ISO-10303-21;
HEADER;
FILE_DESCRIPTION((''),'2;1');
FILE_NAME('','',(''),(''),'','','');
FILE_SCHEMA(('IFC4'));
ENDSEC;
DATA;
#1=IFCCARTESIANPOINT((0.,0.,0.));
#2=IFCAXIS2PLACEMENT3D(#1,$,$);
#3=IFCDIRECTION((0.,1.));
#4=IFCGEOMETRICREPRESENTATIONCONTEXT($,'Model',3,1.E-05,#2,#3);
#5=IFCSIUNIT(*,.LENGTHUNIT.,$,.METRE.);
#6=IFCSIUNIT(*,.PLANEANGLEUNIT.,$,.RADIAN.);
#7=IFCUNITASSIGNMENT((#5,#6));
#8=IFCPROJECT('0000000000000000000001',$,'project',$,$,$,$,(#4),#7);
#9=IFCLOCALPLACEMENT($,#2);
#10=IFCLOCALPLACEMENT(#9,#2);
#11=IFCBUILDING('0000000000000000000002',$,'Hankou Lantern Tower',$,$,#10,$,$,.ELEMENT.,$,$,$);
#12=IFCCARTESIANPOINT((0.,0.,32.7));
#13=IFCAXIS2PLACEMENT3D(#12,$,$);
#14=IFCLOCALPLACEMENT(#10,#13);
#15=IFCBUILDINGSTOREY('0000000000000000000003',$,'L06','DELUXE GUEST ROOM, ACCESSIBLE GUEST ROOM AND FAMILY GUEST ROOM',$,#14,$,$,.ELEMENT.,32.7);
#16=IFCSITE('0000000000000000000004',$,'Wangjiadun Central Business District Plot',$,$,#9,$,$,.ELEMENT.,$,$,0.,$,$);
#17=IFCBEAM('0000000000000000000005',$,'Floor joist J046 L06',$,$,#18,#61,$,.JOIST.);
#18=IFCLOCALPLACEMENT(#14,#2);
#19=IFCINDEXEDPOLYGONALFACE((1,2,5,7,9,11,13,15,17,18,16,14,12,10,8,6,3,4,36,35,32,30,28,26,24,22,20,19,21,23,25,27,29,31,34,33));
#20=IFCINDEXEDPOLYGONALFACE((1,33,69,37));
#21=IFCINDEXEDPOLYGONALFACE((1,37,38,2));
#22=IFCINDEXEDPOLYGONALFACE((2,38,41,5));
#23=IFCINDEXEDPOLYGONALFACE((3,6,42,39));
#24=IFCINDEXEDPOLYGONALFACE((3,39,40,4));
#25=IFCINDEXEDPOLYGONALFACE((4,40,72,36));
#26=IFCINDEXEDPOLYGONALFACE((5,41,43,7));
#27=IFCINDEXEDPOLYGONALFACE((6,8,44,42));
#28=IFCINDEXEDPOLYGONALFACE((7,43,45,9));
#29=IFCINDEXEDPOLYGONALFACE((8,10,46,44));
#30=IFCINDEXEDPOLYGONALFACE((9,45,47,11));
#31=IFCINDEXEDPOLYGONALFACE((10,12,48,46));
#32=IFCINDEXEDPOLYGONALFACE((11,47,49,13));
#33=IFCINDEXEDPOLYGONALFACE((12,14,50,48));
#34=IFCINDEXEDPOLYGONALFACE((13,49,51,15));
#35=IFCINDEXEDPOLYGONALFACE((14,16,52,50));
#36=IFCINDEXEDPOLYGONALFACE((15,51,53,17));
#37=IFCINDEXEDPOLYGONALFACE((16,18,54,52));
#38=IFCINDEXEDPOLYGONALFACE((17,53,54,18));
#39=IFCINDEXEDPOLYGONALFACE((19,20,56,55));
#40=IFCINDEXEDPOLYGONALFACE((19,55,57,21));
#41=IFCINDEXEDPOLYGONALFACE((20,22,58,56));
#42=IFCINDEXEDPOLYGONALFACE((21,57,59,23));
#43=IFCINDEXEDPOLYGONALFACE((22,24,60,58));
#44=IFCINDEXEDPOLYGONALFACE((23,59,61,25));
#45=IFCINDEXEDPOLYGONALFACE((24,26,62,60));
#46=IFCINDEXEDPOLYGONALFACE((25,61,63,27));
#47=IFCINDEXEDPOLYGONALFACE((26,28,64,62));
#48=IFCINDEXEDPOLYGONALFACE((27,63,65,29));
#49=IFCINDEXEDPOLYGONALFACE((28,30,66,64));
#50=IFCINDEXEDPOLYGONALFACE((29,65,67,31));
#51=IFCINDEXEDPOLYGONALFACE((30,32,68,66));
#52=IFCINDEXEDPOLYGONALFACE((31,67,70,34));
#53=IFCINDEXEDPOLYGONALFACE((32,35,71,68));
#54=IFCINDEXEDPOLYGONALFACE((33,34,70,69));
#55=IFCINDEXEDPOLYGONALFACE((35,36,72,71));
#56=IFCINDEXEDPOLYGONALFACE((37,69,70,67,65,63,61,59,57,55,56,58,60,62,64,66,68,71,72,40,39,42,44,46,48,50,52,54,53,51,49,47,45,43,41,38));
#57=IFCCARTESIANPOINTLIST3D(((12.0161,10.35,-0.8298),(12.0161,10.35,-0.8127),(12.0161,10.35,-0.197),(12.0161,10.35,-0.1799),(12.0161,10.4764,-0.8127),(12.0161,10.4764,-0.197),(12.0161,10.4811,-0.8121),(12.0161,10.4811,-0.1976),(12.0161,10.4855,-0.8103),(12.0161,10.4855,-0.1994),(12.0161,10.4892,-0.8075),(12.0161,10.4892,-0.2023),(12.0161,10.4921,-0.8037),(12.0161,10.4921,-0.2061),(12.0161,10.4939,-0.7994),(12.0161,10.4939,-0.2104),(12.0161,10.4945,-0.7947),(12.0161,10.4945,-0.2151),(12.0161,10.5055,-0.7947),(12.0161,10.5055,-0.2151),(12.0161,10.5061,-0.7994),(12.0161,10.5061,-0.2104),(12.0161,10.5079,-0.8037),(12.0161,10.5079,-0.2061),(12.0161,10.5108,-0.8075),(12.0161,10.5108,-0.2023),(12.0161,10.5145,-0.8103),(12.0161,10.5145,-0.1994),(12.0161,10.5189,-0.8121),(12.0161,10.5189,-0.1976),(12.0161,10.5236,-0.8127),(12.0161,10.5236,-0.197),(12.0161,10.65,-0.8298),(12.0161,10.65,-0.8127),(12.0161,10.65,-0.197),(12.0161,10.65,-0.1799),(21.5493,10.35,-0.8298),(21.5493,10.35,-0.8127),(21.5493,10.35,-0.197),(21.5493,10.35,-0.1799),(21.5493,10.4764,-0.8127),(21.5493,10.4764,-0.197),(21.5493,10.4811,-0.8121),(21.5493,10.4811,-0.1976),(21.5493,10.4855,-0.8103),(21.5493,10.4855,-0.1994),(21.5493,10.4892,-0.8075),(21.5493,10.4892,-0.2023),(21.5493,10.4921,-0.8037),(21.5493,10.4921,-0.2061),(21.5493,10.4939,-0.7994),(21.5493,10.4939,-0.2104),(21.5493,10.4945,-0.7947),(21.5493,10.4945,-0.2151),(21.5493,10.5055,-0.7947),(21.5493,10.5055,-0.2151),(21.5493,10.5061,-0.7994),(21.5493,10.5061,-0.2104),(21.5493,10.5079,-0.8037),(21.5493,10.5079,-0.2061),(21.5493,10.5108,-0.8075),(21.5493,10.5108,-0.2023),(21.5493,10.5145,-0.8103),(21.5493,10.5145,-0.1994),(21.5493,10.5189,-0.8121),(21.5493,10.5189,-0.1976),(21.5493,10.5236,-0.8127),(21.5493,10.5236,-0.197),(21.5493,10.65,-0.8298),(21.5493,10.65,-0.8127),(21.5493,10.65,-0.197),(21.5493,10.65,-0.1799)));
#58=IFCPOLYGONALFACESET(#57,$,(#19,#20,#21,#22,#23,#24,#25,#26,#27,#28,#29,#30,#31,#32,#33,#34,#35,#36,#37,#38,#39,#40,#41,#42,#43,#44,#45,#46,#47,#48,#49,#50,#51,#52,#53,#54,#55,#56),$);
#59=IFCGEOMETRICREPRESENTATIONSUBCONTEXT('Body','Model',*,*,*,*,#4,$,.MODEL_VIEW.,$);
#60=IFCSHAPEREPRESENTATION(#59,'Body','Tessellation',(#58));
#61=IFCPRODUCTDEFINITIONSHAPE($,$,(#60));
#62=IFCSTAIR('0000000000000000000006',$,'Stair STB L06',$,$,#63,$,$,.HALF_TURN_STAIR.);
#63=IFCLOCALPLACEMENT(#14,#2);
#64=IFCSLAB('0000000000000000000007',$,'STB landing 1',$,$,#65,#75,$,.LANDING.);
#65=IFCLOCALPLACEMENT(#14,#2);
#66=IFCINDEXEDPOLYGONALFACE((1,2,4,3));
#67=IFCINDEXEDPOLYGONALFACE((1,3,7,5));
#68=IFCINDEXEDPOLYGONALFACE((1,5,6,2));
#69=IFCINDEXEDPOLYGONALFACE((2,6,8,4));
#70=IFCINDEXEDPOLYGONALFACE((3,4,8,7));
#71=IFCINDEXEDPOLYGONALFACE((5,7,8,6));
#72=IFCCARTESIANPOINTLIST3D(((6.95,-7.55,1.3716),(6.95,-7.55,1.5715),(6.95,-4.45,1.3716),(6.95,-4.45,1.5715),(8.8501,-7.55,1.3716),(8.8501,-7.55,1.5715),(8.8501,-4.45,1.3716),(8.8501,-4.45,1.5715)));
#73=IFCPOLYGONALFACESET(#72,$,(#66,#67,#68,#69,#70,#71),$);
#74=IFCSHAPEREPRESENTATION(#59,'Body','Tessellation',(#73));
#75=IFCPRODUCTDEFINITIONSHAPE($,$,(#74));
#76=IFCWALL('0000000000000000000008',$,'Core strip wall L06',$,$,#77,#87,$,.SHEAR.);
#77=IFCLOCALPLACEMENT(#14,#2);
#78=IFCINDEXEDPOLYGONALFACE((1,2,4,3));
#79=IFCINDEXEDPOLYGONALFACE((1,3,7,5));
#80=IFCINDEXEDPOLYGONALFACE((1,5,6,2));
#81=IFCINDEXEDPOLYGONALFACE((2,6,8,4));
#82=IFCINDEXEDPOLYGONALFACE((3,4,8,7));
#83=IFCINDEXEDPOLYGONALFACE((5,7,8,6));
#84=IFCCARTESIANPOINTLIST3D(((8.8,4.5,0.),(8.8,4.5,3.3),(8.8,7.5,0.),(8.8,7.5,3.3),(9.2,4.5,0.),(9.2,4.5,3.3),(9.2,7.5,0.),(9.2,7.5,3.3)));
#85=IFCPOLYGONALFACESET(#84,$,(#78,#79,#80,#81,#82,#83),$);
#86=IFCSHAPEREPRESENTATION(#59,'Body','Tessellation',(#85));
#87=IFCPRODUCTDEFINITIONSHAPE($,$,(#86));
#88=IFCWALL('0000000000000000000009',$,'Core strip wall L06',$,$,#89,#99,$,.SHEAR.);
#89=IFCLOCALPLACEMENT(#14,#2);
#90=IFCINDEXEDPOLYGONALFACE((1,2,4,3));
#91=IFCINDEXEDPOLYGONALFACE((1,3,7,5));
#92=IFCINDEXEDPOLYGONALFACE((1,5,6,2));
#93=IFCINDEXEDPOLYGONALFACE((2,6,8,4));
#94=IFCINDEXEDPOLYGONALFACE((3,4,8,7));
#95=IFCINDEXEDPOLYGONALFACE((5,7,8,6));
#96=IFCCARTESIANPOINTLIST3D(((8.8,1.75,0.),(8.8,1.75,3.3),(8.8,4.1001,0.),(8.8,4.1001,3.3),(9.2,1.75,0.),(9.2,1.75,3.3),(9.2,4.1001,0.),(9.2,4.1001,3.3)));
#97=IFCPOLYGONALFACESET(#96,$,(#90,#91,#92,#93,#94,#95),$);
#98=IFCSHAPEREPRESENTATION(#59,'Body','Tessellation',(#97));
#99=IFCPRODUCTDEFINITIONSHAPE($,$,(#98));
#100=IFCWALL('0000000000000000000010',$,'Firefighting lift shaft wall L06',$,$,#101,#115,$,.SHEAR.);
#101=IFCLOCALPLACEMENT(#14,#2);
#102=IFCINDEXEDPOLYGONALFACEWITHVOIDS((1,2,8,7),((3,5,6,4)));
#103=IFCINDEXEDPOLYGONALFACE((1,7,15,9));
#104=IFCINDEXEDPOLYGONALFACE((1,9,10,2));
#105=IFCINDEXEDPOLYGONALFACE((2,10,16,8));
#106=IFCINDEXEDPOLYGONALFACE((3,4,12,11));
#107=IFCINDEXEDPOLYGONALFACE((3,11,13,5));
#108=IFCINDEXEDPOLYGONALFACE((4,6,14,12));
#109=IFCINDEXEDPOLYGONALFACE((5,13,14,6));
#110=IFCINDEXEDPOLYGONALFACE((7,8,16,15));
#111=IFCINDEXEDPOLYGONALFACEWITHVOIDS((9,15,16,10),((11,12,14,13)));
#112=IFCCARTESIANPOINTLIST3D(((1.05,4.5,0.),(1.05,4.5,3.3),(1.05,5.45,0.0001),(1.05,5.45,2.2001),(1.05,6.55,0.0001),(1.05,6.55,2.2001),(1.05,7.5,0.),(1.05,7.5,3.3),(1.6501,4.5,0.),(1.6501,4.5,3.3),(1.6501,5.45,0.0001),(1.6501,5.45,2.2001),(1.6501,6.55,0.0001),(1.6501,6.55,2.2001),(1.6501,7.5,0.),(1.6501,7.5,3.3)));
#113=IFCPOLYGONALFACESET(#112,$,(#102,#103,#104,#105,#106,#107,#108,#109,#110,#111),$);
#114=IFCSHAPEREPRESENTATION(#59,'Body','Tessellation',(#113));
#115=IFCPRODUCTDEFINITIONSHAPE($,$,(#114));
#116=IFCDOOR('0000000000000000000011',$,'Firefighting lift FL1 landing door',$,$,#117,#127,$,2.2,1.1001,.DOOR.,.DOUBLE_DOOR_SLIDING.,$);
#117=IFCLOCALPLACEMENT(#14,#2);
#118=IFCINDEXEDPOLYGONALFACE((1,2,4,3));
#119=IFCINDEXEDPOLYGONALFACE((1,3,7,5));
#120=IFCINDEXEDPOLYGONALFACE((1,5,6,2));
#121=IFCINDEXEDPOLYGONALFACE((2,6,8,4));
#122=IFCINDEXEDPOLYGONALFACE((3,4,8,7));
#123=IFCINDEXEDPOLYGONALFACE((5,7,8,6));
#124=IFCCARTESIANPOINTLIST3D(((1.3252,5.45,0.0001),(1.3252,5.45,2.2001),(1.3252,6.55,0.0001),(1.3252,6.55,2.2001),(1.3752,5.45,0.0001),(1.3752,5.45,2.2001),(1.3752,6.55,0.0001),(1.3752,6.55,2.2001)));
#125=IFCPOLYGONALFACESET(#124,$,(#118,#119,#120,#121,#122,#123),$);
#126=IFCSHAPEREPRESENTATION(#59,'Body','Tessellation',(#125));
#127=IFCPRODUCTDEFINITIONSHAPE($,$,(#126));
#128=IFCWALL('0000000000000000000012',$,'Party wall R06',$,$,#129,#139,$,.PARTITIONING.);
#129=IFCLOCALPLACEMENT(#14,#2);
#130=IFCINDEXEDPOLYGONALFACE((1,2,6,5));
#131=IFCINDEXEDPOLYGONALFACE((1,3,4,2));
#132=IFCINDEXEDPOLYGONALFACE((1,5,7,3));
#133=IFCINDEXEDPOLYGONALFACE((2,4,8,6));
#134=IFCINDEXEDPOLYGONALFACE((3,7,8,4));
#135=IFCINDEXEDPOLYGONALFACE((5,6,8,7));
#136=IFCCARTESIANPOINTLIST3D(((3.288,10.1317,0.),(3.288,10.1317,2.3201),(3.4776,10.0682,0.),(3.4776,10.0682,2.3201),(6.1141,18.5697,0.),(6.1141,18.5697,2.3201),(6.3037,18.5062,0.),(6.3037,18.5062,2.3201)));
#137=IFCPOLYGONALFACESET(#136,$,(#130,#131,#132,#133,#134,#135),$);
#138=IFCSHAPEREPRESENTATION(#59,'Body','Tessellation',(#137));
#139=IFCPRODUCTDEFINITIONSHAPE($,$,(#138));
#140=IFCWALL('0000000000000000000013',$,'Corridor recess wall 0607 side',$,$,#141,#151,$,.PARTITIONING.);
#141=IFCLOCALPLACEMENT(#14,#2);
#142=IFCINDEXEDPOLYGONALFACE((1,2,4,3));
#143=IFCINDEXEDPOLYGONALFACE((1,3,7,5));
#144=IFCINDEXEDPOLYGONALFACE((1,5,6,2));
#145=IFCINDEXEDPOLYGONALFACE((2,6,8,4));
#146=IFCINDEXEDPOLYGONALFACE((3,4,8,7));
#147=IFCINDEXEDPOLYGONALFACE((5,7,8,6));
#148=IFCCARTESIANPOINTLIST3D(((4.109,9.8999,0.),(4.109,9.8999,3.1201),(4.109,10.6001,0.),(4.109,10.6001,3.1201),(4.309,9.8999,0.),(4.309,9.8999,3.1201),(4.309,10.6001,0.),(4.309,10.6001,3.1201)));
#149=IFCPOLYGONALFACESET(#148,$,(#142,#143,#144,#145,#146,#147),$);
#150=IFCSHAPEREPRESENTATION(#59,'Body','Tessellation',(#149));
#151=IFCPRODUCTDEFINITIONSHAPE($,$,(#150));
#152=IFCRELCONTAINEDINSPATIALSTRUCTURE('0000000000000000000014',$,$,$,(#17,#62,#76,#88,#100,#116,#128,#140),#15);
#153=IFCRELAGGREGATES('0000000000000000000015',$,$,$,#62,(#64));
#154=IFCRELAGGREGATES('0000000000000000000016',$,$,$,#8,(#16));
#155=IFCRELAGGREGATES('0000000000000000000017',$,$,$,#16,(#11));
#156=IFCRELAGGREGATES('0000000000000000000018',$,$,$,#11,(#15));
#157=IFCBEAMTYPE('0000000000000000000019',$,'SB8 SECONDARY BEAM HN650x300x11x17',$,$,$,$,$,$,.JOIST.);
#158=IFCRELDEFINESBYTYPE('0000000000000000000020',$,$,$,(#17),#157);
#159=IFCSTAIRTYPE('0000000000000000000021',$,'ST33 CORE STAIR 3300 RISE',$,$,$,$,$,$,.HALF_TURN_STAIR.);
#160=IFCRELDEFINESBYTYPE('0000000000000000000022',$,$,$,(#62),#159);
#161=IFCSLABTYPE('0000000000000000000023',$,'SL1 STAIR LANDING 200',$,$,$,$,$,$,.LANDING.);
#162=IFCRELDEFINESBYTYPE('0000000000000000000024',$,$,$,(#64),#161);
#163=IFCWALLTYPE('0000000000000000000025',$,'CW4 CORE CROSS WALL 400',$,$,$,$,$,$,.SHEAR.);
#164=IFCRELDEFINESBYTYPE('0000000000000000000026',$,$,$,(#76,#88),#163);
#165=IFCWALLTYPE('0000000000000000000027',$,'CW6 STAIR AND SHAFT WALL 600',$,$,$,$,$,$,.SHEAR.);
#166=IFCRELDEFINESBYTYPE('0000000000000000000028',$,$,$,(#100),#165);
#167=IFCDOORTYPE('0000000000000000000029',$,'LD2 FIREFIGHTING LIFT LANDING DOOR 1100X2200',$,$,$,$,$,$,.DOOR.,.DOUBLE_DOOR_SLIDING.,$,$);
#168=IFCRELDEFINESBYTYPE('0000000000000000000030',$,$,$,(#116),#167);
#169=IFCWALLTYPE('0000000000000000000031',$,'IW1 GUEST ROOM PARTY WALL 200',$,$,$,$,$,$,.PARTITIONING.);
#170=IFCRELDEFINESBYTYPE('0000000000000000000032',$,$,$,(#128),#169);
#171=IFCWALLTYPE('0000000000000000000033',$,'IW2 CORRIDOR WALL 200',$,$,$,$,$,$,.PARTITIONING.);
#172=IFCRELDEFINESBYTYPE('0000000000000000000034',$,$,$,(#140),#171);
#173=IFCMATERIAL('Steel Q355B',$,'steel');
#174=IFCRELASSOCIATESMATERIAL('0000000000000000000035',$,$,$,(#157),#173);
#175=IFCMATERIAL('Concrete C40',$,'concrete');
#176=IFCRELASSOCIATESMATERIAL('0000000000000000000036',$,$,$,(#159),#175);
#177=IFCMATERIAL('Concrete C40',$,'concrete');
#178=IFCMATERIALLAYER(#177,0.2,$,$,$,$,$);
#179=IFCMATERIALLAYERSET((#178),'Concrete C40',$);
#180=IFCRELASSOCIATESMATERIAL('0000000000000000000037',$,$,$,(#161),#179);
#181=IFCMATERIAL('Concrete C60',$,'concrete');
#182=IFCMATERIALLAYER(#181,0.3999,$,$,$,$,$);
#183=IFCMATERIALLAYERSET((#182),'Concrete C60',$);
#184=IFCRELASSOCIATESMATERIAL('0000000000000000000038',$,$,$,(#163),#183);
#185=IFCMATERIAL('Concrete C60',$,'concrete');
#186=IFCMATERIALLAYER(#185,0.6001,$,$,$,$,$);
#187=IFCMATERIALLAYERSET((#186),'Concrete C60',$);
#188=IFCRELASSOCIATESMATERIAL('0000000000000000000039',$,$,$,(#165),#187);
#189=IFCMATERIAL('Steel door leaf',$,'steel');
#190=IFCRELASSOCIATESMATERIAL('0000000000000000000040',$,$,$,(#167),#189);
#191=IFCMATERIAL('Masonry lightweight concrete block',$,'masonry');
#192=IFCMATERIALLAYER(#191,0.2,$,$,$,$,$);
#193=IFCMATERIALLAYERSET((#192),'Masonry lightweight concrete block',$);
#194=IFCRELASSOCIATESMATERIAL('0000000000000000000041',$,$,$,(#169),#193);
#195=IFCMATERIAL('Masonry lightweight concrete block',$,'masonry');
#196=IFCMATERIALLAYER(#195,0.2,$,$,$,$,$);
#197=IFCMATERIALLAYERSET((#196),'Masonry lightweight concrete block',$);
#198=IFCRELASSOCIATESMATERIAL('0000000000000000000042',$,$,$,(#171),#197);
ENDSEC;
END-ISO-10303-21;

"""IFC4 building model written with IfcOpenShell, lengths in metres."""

from ifc_helpers import new_model, si_unit, direction, frame, frame_2d, origin, origin_2d, place, context, subcontext, project, spatial, polyline, rectangle, i_section, outline, extrude, material, layer, layer_set, material_profile, profile_set, type_object, element, fill, aggregate, save


model = new_model("IFC4")

# Units and contexts
model_context = context("Model", 3, precision=1e-05, world=origin(), true_north=direction((0.0, 1.0)))
body_context = subcontext(model_context, "Body", "Model", "MODEL_VIEW")
ifc_project = project(units=[si_unit("LENGTHUNIT", "METRE"), si_unit("PLANEANGLEUNIT", "RADIAN")], contexts=[model_context])

# Site, building, storey
site_placement = place(None, origin())
site = spatial("IfcSite", under=ifc_project, at=site_placement, Name="Wangjiadun Central Business District Plot", CompositionType="ELEMENT", RefElevation=0.0)
building_placement = place(site_placement, origin())
building = spatial("IfcBuilding", under=site, at=building_placement, Name="Hankou Lantern Tower", CompositionType="ELEMENT")
storey_placement = place(building_placement, frame((0.0, 0.0, 32.7)))
storey = spatial("IfcBuildingStorey", under=building, at=storey_placement, Name="L06", Description="DELUXE GUEST ROOM, ACCESSIBLE GUEST ROOM AND FAMILY GUEST ROOM", CompositionType="ELEMENT", Elevation=32.7)

# Beam
ifc_material_1 = material(Name="Steel Q355B", Category="steel")
ifc_material_profile_1 = material_profile(ifc_material_1, i_section(OverallWidth=0.3, OverallDepth=0.6499, WebThickness=0.011, FlangeThickness=0.0171, FilletRadius=0.0181, at=origin_2d()), Name="HN650x300x11x17")
ifc_profile_set_1 = profile_set([ifc_material_profile_1], Name="Steel Q355B")
beam_type_1 = type_object("IfcBeamType", Name="SB8 SECONDARY BEAM HN650x300x11x17", PredefinedType="JOIST", material=ifc_profile_set_1)
beam_1_placement = place(storey_placement, frame((12.0161, 10.5, -0.5049), z_axis=(1.0, 0.0, 0.0), x_axis=(0.0, 1.0, 0.0)))
element("IfcBeam", 1, at=beam_1_placement, inside=storey, type_object=beam_type_1, Name="Floor joist J046 L06", PredefinedType="JOIST", context=body_context, shape_type="SweptSolid", body=[
    extrude(i_section(OverallWidth=0.3, OverallDepth=0.6499, WebThickness=0.011, FlangeThickness=0.0171, FilletRadius=0.0181, at=origin_2d()), origin(), (0.0, 0.0, 1.0), 9.5332),
])

# Stair, slab
ifc_material_2 = material(Name="Concrete C40", Category="concrete")
stair_type = type_object("IfcStairType", Name="ST33 CORE STAIR 3300 RISE", PredefinedType="HALF_TURN_STAIR", material=ifc_material_2)
stair_placement = place(storey_placement, origin())
stair = element("IfcStair", 2, at=stair_placement, inside=storey, type_object=stair_type, Name="Stair STB L06", PredefinedType="HALF_TURN_STAIR")
ifc_material_3 = material(Name="Concrete C40", Category="concrete")
ifc_layer_1 = layer(ifc_material_3, 0.2)
ifc_layer_set_1 = layer_set([ifc_layer_1], Name="Concrete C40")
slab_type = type_object("IfcSlabType", Name="SL1 STAIR LANDING 200", PredefinedType="LANDING", material=ifc_layer_set_1)
slab_placement = place(storey_placement, frame((0.0, 0.0, 1.3716)))
slab = element("IfcSlab", 3, at=slab_placement, type_object=slab_type, Name="STB landing 1", PredefinedType="LANDING", context=body_context, shape_type="SweptSolid", body=[
    extrude(outline(polyline([(8.8501, -4.45), (6.95, -4.45), (6.95, -7.55), (8.8501, -7.55), (8.8501, -4.45)])), origin(), (0.0, 0.0, 1.0), 0.2),
])
aggregate(stair, [slab])

# Walls
ifc_material_4 = material(Name="Concrete C60", Category="concrete")
ifc_layer_2 = layer(ifc_material_4, 0.3999)
ifc_layer_set_2 = layer_set([ifc_layer_2], Name="Concrete C60")
wall_type_1 = type_object("IfcWallType", Name="CW4 CORE CROSS WALL 400", PredefinedType="SHEAR", material=ifc_layer_set_2)
wall_1_placement = place(storey_placement, frame((9.0, 4.5, 0.0), z_axis=(0.0, 0.0, 1.0), x_axis=(0.0, 1.0, 0.0)))
element("IfcWall", 4, at=wall_1_placement, inside=storey, type_object=wall_type_1, Name="Core strip wall L06", PredefinedType="SHEAR", context=body_context, shape_type="SweptSolid", body=[
    extrude(rectangle(XDim=3.0, YDim=0.3999, at=frame_2d((1.5, 0.0))), origin(), (0.0, 0.0, 1.0), 3.3),
])
wall_2_placement = place(storey_placement, frame((9.0, 1.75, 0.0), z_axis=(0.0, 0.0, 1.0), x_axis=(0.0, 1.0, 0.0)))
element("IfcWall", 5, at=wall_2_placement, inside=storey, type_object=wall_type_1, Name="Core strip wall L06", PredefinedType="SHEAR", context=body_context, shape_type="SweptSolid", body=[
    extrude(rectangle(XDim=2.3501, YDim=0.3999, at=frame_2d((1.175, 0.0))), origin(), (0.0, 0.0, 1.0), 3.3),
])

# Wall, opening, door
ifc_material_5 = material(Name="Concrete C60", Category="concrete")
ifc_layer_3 = layer(ifc_material_5, 0.6001)
ifc_layer_set_3 = layer_set([ifc_layer_3], Name="Concrete C60")
wall_type_2 = type_object("IfcWallType", Name="CW6 STAIR AND SHAFT WALL 600", PredefinedType="SHEAR", material=ifc_layer_set_3)
wall_3_placement = place(storey_placement, frame((1.3501, 4.5, 0.0), z_axis=(0.0, 0.0, 1.0), x_axis=(0.0, 1.0, 0.0)))
wall_3 = element("IfcWall", 6, at=wall_3_placement, inside=storey, type_object=wall_type_2, Name="Firefighting lift shaft wall L06", PredefinedType="SHEAR", context=body_context, shape_type="SweptSolid", body=[
    extrude(rectangle(XDim=3.0, YDim=0.6001, at=frame_2d((1.5, 0.0))), origin(), (0.0, 0.0, 1.0), 3.3),
])
opening_1_placement = place(wall_3_placement, frame((0.95, 0.0, 0.0)))
opening_1 = element("IfcOpeningElement", 7, at=opening_1_placement, cuts=wall_3, PredefinedType="OPENING", context=body_context, shape_type="SweptSolid", body=[
    extrude(rectangle(XDim=1.1001, YDim=2.2, at=frame_2d((0.55, 1.1001))), frame((0.0, 0.3101, 0.0), z_axis=(0.0, -1.0, 0.0), x_axis=(1.0, 0.0, 0.0)), (0.0, 0.0, 1.0), 0.6201),
])
ifc_material_6 = material(Name="Steel door leaf", Category="steel")
door_type_1 = type_object("IfcDoorType", Name="LD2 FIREFIGHTING LIFT LANDING DOOR 1100X2200", OperationType="DOUBLE_DOOR_SLIDING", PredefinedType="DOOR", material=ifc_material_6)
door_1_placement = place(opening_1_placement, origin())
door_1 = element("IfcDoor", 8, at=door_1_placement, inside=storey, type_object=door_type_1, Name="Firefighting lift FL1 landing door", OperationType="DOUBLE_DOOR_SLIDING", OverallHeight=2.2, OverallWidth=1.1001, PredefinedType="DOOR", context=body_context, shape_type="SweptSolid", body=[
    extrude(rectangle(XDim=1.1001, YDim=2.2, at=frame_2d((0.55, 1.1001))), frame((0.0, 0.0249, 0.0), z_axis=(0.0, -1.0, 0.0), x_axis=(1.0, 0.0, 0.0)), (0.0, 0.0, 1.0), 0.05),
])
fill(opening_1, door_1)

# Walls
ifc_material_7 = material(Name="Masonry lightweight concrete block", Category="masonry")
ifc_layer_4 = layer(ifc_material_7, 0.2)
ifc_layer_set_4 = layer_set([ifc_layer_4], Name="Masonry lightweight concrete block")
wall_type_3 = type_object("IfcWallType", Name="IW1 GUEST ROOM PARTY WALL 200", PredefinedType="PARTITIONING", material=ifc_layer_set_4)
wall_4_placement = place(storey_placement, frame((3.3828, 10.1001, 0.0), z_axis=(0.0, 0.0, 1.0), x_axis=(0.317594, 0.948227, 0.0)))
element("IfcWall", 9, at=wall_4_placement, inside=storey, type_object=wall_type_3, Name="Party wall R06", PredefinedType="PARTITIONING", context=body_context, shape_type="SweptSolid", body=[
    extrude(rectangle(XDim=8.8987, YDim=0.2, at=frame_2d((4.4492, 0.0))), origin(), (0.0, 0.0, 1.0), 2.3201),
])
ifc_material_8 = material(Name="Masonry lightweight concrete block", Category="masonry")
ifc_layer_5 = layer(ifc_material_8, 0.2)
ifc_layer_set_5 = layer_set([ifc_layer_5], Name="Masonry lightweight concrete block")
wall_type_4 = type_object("IfcWallType", Name="IW2 CORRIDOR WALL 200", PredefinedType="PARTITIONING", material=ifc_layer_set_5)
wall_5_placement = place(storey_placement, frame((4.209, 9.8999, 0.0), z_axis=(0.0, 0.0, 1.0), x_axis=(0.0, 1.0, 0.0)))
element("IfcWall", 10, at=wall_5_placement, inside=storey, type_object=wall_type_4, Name="Corridor recess wall 0607 side", PredefinedType="PARTITIONING", context=body_context, shape_type="SweptSolid", body=[
    extrude(rectangle(XDim=0.7002, YDim=0.2, at=frame_2d((0.3501, 0.0))), origin(), (0.0, 0.0, 1.0), 3.1201),
])

save(model, "model.ifc")
